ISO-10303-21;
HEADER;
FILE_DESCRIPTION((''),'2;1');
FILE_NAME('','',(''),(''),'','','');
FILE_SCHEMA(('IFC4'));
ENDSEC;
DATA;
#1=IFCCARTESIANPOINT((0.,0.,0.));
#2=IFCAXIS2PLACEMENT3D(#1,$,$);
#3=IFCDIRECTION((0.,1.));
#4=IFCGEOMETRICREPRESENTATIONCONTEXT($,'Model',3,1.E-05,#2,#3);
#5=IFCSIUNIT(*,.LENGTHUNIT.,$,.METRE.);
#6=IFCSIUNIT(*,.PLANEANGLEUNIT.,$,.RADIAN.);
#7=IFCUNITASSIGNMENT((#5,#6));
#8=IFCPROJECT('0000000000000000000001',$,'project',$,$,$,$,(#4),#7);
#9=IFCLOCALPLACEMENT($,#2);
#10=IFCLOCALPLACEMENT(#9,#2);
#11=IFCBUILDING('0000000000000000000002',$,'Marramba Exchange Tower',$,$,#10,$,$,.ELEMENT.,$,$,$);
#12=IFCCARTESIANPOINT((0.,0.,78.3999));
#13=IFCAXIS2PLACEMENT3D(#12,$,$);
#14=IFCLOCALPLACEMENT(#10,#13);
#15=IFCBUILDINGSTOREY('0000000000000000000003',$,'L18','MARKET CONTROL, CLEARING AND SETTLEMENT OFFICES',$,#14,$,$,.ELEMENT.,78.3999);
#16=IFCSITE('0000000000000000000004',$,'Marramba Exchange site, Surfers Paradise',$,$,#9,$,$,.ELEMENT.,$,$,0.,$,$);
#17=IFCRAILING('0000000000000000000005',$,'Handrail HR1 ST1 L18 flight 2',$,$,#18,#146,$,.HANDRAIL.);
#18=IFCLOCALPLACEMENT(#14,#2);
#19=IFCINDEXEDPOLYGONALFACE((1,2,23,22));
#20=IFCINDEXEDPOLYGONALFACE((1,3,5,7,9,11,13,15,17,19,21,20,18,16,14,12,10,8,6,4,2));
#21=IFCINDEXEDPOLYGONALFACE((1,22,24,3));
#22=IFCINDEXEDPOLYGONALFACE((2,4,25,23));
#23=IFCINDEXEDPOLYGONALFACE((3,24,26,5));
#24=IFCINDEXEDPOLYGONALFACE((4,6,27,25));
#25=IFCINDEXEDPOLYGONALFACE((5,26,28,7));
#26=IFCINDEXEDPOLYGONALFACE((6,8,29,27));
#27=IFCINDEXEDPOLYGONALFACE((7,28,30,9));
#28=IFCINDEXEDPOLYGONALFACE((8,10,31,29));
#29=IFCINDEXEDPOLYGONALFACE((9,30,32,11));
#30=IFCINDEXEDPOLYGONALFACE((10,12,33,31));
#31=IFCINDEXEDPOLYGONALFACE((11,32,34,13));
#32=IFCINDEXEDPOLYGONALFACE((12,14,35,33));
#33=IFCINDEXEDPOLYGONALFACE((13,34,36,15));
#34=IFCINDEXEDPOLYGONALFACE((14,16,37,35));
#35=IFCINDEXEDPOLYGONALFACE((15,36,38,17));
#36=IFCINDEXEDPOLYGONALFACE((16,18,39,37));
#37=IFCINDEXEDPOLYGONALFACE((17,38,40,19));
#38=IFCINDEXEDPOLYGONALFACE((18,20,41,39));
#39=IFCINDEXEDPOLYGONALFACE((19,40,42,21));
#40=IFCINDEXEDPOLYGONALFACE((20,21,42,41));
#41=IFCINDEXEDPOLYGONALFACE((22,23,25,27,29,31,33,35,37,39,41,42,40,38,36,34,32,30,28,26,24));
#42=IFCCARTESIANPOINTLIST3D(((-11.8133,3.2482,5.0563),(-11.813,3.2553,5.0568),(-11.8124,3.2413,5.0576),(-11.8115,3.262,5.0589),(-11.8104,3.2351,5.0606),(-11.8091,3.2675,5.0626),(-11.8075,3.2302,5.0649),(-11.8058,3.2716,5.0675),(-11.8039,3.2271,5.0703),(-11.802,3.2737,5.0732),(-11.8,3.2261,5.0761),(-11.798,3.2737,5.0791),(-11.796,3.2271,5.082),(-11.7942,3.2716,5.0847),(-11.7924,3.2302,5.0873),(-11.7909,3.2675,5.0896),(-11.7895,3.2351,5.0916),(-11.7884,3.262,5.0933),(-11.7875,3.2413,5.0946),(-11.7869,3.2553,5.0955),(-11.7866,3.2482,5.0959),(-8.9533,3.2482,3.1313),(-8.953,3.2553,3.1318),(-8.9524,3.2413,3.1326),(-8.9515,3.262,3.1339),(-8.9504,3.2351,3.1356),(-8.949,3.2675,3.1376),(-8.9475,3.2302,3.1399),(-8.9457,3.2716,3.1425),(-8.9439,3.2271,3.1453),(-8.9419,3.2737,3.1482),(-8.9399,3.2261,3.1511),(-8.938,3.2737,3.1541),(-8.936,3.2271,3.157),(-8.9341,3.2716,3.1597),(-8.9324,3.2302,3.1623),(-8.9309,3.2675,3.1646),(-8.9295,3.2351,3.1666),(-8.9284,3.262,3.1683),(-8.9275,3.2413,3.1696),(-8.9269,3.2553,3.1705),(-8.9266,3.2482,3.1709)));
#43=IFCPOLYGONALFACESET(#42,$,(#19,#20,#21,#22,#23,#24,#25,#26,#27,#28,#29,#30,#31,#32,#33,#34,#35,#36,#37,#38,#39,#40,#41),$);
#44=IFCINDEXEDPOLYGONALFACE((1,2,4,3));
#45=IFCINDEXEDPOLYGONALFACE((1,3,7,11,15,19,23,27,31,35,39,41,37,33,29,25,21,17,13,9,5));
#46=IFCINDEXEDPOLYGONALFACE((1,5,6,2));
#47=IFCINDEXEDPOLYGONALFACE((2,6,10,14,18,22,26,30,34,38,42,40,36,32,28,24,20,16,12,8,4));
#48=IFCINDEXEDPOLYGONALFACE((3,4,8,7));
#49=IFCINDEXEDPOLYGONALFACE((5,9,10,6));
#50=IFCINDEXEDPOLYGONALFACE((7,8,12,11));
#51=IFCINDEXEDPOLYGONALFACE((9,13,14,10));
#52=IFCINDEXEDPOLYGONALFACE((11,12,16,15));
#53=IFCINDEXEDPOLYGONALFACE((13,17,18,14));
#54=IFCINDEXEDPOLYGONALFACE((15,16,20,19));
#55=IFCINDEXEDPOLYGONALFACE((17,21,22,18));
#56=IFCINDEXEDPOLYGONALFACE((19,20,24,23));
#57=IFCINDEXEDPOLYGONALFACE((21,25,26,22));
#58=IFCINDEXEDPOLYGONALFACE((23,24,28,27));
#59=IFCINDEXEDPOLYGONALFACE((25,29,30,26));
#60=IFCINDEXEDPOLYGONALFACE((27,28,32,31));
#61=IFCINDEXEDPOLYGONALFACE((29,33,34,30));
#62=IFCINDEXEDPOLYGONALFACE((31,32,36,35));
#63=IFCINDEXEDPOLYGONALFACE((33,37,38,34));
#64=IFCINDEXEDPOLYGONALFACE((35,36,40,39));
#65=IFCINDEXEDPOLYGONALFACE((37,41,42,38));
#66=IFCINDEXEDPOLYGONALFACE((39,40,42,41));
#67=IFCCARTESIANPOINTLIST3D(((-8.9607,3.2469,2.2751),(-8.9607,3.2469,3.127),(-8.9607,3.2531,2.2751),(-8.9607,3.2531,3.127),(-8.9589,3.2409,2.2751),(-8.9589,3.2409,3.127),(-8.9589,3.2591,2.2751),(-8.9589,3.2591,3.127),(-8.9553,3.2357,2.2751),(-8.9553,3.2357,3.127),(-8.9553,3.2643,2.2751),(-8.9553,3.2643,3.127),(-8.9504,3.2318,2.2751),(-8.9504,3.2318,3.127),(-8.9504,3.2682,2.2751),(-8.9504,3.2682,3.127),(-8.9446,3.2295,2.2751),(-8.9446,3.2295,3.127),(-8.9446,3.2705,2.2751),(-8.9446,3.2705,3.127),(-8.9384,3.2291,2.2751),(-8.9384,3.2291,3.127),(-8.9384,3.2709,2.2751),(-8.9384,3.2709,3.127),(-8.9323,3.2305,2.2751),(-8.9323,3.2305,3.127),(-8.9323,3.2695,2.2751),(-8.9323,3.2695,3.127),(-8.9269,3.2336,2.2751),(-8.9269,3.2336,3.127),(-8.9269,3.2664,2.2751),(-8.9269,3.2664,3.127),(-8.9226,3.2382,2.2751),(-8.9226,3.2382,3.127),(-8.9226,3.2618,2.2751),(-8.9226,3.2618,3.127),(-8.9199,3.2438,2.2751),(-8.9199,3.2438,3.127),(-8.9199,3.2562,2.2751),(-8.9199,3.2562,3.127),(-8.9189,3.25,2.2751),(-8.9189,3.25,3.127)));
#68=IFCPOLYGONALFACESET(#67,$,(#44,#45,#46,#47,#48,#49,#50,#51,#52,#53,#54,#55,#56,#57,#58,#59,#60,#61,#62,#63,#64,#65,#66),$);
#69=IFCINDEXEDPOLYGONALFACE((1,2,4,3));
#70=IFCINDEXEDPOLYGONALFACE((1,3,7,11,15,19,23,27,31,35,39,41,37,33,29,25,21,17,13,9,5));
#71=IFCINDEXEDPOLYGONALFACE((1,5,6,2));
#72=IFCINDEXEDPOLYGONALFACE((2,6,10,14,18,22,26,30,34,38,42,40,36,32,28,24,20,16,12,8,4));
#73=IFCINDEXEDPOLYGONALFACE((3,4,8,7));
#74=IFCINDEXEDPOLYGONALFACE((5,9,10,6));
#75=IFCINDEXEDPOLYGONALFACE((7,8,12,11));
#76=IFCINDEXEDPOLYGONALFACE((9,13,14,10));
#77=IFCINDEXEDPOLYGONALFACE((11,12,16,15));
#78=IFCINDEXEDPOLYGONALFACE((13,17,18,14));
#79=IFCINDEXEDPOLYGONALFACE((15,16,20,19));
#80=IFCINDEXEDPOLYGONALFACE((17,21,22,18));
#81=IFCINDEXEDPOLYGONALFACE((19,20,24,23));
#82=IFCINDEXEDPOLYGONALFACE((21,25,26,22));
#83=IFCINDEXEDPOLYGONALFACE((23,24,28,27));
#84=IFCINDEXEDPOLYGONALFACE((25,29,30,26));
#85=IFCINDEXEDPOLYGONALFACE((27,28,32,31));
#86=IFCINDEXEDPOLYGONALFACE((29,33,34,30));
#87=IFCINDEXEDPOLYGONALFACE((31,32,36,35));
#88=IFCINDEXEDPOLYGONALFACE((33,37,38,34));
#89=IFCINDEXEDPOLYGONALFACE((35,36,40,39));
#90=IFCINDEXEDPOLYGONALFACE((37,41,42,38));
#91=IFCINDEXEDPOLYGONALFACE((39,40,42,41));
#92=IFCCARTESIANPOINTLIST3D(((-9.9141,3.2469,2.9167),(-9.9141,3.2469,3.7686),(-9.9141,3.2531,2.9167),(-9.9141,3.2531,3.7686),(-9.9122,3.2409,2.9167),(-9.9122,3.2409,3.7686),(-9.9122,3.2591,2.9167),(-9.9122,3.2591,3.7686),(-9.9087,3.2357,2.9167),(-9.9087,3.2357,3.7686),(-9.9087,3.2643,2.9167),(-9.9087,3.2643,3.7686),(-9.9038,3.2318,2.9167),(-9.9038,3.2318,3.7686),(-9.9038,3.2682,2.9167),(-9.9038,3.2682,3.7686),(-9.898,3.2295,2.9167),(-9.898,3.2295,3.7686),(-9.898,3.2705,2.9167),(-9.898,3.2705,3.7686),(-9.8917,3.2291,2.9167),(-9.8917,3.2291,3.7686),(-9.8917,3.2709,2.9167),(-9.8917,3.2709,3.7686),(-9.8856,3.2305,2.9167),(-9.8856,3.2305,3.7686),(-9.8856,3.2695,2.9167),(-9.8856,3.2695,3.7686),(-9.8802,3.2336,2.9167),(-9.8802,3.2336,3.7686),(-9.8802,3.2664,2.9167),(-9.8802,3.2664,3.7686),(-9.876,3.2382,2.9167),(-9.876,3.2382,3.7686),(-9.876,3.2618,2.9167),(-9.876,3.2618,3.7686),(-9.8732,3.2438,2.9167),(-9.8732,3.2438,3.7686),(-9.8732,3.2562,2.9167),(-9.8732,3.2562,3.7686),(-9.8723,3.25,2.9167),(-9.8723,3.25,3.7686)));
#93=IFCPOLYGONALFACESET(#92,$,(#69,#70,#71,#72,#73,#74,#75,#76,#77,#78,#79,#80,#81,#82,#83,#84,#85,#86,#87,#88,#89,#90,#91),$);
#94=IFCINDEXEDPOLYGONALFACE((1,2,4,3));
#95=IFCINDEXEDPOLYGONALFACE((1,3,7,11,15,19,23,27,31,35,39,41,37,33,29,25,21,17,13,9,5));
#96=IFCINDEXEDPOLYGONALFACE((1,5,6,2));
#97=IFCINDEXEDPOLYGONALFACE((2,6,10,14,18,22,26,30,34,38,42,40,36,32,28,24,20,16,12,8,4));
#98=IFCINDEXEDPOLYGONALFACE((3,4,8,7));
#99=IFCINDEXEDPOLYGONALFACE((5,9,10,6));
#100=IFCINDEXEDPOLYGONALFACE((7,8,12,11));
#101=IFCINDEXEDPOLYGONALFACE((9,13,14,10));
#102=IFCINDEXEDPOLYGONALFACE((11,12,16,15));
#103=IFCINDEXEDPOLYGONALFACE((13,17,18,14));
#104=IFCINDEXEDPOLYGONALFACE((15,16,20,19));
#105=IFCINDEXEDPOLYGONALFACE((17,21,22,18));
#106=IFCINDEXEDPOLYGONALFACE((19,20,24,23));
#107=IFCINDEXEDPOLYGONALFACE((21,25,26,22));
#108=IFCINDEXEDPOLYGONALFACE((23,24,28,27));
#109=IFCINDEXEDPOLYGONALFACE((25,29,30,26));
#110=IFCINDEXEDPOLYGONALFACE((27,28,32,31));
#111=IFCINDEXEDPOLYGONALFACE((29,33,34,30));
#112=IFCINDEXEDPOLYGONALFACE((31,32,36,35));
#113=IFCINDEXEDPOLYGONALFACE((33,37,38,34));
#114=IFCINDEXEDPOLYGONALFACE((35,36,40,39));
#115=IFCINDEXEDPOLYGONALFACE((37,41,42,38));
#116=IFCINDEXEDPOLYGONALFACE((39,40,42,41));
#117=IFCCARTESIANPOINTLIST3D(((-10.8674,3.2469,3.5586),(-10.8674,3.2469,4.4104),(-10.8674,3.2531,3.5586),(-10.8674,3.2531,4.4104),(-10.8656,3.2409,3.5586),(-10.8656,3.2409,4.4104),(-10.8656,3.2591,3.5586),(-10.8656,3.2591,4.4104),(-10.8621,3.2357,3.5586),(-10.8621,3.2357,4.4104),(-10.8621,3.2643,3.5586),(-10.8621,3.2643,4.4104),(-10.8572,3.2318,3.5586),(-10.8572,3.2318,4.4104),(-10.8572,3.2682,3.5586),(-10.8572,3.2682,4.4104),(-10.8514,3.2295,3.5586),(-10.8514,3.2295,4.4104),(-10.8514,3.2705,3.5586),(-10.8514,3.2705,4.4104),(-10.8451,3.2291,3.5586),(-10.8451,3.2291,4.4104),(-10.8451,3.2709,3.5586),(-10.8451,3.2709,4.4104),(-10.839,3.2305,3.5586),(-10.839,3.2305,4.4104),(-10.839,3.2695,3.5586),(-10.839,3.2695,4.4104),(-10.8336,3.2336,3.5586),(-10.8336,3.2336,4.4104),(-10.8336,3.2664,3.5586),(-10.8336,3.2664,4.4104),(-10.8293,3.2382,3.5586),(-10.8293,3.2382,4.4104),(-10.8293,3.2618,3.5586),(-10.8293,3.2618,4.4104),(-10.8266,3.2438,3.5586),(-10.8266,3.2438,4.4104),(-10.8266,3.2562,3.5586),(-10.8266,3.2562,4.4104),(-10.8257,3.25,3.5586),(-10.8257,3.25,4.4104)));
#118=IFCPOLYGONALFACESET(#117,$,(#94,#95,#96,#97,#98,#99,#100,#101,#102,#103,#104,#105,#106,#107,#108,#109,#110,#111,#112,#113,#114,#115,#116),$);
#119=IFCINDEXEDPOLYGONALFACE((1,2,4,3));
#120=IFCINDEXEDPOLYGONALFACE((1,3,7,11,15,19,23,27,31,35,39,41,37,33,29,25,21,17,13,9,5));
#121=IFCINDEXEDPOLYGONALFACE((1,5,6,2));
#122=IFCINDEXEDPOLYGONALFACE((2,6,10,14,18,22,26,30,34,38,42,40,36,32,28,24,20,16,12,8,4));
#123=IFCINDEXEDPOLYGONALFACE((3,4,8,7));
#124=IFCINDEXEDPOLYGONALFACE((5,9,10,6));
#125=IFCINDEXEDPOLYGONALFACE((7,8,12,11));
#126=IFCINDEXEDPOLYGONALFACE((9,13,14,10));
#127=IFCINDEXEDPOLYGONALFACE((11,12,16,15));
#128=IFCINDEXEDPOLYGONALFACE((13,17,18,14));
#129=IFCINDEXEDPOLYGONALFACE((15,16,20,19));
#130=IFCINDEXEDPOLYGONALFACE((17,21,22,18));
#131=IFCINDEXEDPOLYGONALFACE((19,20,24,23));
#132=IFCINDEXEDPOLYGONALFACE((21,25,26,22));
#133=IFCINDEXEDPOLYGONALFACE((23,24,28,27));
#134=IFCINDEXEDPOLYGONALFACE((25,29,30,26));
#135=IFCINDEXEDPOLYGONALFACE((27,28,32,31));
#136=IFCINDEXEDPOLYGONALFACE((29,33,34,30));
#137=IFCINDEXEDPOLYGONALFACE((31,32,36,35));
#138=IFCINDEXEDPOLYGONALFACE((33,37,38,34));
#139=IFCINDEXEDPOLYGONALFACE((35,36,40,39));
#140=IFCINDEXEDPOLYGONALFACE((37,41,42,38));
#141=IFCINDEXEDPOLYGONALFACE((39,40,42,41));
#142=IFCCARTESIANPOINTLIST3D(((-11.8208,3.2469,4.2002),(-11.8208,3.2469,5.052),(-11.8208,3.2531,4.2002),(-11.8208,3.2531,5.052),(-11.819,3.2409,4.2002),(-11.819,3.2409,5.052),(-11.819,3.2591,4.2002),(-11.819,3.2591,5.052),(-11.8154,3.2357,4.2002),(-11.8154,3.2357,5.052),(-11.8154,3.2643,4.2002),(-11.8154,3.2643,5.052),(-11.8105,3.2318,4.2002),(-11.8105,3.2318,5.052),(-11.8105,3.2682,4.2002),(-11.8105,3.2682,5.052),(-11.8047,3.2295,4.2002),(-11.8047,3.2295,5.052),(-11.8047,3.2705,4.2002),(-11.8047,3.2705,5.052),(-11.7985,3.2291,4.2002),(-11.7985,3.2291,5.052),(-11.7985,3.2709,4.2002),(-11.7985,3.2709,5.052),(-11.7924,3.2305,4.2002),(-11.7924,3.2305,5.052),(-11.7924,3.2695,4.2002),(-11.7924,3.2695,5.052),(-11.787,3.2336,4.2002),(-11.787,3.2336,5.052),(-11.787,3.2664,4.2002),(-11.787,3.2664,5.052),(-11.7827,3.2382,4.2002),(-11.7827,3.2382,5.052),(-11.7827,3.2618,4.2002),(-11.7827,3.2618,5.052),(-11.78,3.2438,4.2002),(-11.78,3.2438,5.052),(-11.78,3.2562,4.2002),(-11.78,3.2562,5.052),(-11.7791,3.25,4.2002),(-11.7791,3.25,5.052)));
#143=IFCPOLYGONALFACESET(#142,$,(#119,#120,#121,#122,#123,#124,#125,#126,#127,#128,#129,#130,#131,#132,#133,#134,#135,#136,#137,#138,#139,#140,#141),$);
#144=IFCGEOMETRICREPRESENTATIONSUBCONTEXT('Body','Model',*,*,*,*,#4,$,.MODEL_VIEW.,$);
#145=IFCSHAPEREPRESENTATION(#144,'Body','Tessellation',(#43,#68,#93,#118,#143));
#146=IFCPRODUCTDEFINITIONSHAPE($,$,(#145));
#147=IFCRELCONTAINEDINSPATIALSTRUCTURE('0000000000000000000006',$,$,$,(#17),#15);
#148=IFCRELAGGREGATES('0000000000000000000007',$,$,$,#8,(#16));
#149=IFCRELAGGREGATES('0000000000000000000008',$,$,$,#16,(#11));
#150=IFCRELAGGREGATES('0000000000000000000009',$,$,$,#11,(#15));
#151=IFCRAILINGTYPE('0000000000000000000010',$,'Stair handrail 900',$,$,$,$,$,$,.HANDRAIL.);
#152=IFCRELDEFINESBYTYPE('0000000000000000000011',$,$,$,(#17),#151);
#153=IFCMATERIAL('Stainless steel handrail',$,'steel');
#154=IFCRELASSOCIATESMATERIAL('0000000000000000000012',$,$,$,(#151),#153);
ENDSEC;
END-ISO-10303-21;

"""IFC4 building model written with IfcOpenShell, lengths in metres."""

from ifc_helpers import new_model, si_unit, direction, frame, origin, origin_2d, place, context, subcontext, project, spatial, circle, extrude, material, type_object, element, save


model = new_model("IFC4")

# Units and contexts
model_context = context("Model", 3, precision=1e-05, world=origin(), true_north=direction((0.0, 1.0)))
body_context = subcontext(model_context, "Body", "Model", "MODEL_VIEW")
ifc_project = project(units=[si_unit("LENGTHUNIT", "METRE"), si_unit("PLANEANGLEUNIT", "RADIAN")], contexts=[model_context])

# Site, building, storey
site_placement = place(None, origin())
site = spatial("IfcSite", under=ifc_project, at=site_placement, Name="Marramba Exchange site, Surfers Paradise", CompositionType="ELEMENT", RefElevation=0.0)
building_placement = place(site_placement, origin())
building = spatial("IfcBuilding", under=site, at=building_placement, Name="Marramba Exchange Tower", CompositionType="ELEMENT")
storey_placement = place(building_placement, frame((0.0, 0.0, 78.3999)))
storey = spatial("IfcBuildingStorey", under=building, at=storey_placement, Name="L18", Description="MARKET CONTROL, CLEARING AND SETTLEMENT OFFICES", CompositionType="ELEMENT", Elevation=78.3999)

# Railing
ifc_material_1 = material(Name="Stainless steel handrail", Category="steel")
railing_type = type_object("IfcRailingType", Name="Stair handrail 900", PredefinedType="HANDRAIL", material=ifc_material_1)
railing_placement = place(storey_placement, frame((-8.9399, 3.25, 2.2751)))
element("IfcRailing", 1, at=railing_placement, inside=storey, type_object=railing_type, Name="Handrail HR1 ST1 L18 flight 2", PredefinedType="HANDRAIL", context=body_context, shape_type="SweptSolid", body=[
    extrude(circle(Radius=0.0239, at=origin_2d()), frame((0.0, 0.0, 0.876), z_axis=(-0.829591, 0.0, 0.558372), x_axis=(0.0, -1.0, 0.0)), (0.0, 0.0, 1.0), 3.4475),
    extrude(circle(Radius=0.021, at=origin_2d()), origin(), (0.0, 0.0, 1.0), 0.8518),
    extrude(circle(Radius=0.021, at=origin_2d()), frame((-0.9534, 0.0, 0.6416)), (0.0, 0.0, 1.0), 0.8518),
    extrude(circle(Radius=0.021, at=origin_2d()), frame((-1.9067, 0.0, 1.2834)), (0.0, 0.0, 1.0), 0.8518),
    extrude(circle(Radius=0.021, at=origin_2d()), frame((-2.8601, 0.0, 1.925)), (0.0, 0.0, 1.0), 0.8518),
])

save(model, "model.ifc")
